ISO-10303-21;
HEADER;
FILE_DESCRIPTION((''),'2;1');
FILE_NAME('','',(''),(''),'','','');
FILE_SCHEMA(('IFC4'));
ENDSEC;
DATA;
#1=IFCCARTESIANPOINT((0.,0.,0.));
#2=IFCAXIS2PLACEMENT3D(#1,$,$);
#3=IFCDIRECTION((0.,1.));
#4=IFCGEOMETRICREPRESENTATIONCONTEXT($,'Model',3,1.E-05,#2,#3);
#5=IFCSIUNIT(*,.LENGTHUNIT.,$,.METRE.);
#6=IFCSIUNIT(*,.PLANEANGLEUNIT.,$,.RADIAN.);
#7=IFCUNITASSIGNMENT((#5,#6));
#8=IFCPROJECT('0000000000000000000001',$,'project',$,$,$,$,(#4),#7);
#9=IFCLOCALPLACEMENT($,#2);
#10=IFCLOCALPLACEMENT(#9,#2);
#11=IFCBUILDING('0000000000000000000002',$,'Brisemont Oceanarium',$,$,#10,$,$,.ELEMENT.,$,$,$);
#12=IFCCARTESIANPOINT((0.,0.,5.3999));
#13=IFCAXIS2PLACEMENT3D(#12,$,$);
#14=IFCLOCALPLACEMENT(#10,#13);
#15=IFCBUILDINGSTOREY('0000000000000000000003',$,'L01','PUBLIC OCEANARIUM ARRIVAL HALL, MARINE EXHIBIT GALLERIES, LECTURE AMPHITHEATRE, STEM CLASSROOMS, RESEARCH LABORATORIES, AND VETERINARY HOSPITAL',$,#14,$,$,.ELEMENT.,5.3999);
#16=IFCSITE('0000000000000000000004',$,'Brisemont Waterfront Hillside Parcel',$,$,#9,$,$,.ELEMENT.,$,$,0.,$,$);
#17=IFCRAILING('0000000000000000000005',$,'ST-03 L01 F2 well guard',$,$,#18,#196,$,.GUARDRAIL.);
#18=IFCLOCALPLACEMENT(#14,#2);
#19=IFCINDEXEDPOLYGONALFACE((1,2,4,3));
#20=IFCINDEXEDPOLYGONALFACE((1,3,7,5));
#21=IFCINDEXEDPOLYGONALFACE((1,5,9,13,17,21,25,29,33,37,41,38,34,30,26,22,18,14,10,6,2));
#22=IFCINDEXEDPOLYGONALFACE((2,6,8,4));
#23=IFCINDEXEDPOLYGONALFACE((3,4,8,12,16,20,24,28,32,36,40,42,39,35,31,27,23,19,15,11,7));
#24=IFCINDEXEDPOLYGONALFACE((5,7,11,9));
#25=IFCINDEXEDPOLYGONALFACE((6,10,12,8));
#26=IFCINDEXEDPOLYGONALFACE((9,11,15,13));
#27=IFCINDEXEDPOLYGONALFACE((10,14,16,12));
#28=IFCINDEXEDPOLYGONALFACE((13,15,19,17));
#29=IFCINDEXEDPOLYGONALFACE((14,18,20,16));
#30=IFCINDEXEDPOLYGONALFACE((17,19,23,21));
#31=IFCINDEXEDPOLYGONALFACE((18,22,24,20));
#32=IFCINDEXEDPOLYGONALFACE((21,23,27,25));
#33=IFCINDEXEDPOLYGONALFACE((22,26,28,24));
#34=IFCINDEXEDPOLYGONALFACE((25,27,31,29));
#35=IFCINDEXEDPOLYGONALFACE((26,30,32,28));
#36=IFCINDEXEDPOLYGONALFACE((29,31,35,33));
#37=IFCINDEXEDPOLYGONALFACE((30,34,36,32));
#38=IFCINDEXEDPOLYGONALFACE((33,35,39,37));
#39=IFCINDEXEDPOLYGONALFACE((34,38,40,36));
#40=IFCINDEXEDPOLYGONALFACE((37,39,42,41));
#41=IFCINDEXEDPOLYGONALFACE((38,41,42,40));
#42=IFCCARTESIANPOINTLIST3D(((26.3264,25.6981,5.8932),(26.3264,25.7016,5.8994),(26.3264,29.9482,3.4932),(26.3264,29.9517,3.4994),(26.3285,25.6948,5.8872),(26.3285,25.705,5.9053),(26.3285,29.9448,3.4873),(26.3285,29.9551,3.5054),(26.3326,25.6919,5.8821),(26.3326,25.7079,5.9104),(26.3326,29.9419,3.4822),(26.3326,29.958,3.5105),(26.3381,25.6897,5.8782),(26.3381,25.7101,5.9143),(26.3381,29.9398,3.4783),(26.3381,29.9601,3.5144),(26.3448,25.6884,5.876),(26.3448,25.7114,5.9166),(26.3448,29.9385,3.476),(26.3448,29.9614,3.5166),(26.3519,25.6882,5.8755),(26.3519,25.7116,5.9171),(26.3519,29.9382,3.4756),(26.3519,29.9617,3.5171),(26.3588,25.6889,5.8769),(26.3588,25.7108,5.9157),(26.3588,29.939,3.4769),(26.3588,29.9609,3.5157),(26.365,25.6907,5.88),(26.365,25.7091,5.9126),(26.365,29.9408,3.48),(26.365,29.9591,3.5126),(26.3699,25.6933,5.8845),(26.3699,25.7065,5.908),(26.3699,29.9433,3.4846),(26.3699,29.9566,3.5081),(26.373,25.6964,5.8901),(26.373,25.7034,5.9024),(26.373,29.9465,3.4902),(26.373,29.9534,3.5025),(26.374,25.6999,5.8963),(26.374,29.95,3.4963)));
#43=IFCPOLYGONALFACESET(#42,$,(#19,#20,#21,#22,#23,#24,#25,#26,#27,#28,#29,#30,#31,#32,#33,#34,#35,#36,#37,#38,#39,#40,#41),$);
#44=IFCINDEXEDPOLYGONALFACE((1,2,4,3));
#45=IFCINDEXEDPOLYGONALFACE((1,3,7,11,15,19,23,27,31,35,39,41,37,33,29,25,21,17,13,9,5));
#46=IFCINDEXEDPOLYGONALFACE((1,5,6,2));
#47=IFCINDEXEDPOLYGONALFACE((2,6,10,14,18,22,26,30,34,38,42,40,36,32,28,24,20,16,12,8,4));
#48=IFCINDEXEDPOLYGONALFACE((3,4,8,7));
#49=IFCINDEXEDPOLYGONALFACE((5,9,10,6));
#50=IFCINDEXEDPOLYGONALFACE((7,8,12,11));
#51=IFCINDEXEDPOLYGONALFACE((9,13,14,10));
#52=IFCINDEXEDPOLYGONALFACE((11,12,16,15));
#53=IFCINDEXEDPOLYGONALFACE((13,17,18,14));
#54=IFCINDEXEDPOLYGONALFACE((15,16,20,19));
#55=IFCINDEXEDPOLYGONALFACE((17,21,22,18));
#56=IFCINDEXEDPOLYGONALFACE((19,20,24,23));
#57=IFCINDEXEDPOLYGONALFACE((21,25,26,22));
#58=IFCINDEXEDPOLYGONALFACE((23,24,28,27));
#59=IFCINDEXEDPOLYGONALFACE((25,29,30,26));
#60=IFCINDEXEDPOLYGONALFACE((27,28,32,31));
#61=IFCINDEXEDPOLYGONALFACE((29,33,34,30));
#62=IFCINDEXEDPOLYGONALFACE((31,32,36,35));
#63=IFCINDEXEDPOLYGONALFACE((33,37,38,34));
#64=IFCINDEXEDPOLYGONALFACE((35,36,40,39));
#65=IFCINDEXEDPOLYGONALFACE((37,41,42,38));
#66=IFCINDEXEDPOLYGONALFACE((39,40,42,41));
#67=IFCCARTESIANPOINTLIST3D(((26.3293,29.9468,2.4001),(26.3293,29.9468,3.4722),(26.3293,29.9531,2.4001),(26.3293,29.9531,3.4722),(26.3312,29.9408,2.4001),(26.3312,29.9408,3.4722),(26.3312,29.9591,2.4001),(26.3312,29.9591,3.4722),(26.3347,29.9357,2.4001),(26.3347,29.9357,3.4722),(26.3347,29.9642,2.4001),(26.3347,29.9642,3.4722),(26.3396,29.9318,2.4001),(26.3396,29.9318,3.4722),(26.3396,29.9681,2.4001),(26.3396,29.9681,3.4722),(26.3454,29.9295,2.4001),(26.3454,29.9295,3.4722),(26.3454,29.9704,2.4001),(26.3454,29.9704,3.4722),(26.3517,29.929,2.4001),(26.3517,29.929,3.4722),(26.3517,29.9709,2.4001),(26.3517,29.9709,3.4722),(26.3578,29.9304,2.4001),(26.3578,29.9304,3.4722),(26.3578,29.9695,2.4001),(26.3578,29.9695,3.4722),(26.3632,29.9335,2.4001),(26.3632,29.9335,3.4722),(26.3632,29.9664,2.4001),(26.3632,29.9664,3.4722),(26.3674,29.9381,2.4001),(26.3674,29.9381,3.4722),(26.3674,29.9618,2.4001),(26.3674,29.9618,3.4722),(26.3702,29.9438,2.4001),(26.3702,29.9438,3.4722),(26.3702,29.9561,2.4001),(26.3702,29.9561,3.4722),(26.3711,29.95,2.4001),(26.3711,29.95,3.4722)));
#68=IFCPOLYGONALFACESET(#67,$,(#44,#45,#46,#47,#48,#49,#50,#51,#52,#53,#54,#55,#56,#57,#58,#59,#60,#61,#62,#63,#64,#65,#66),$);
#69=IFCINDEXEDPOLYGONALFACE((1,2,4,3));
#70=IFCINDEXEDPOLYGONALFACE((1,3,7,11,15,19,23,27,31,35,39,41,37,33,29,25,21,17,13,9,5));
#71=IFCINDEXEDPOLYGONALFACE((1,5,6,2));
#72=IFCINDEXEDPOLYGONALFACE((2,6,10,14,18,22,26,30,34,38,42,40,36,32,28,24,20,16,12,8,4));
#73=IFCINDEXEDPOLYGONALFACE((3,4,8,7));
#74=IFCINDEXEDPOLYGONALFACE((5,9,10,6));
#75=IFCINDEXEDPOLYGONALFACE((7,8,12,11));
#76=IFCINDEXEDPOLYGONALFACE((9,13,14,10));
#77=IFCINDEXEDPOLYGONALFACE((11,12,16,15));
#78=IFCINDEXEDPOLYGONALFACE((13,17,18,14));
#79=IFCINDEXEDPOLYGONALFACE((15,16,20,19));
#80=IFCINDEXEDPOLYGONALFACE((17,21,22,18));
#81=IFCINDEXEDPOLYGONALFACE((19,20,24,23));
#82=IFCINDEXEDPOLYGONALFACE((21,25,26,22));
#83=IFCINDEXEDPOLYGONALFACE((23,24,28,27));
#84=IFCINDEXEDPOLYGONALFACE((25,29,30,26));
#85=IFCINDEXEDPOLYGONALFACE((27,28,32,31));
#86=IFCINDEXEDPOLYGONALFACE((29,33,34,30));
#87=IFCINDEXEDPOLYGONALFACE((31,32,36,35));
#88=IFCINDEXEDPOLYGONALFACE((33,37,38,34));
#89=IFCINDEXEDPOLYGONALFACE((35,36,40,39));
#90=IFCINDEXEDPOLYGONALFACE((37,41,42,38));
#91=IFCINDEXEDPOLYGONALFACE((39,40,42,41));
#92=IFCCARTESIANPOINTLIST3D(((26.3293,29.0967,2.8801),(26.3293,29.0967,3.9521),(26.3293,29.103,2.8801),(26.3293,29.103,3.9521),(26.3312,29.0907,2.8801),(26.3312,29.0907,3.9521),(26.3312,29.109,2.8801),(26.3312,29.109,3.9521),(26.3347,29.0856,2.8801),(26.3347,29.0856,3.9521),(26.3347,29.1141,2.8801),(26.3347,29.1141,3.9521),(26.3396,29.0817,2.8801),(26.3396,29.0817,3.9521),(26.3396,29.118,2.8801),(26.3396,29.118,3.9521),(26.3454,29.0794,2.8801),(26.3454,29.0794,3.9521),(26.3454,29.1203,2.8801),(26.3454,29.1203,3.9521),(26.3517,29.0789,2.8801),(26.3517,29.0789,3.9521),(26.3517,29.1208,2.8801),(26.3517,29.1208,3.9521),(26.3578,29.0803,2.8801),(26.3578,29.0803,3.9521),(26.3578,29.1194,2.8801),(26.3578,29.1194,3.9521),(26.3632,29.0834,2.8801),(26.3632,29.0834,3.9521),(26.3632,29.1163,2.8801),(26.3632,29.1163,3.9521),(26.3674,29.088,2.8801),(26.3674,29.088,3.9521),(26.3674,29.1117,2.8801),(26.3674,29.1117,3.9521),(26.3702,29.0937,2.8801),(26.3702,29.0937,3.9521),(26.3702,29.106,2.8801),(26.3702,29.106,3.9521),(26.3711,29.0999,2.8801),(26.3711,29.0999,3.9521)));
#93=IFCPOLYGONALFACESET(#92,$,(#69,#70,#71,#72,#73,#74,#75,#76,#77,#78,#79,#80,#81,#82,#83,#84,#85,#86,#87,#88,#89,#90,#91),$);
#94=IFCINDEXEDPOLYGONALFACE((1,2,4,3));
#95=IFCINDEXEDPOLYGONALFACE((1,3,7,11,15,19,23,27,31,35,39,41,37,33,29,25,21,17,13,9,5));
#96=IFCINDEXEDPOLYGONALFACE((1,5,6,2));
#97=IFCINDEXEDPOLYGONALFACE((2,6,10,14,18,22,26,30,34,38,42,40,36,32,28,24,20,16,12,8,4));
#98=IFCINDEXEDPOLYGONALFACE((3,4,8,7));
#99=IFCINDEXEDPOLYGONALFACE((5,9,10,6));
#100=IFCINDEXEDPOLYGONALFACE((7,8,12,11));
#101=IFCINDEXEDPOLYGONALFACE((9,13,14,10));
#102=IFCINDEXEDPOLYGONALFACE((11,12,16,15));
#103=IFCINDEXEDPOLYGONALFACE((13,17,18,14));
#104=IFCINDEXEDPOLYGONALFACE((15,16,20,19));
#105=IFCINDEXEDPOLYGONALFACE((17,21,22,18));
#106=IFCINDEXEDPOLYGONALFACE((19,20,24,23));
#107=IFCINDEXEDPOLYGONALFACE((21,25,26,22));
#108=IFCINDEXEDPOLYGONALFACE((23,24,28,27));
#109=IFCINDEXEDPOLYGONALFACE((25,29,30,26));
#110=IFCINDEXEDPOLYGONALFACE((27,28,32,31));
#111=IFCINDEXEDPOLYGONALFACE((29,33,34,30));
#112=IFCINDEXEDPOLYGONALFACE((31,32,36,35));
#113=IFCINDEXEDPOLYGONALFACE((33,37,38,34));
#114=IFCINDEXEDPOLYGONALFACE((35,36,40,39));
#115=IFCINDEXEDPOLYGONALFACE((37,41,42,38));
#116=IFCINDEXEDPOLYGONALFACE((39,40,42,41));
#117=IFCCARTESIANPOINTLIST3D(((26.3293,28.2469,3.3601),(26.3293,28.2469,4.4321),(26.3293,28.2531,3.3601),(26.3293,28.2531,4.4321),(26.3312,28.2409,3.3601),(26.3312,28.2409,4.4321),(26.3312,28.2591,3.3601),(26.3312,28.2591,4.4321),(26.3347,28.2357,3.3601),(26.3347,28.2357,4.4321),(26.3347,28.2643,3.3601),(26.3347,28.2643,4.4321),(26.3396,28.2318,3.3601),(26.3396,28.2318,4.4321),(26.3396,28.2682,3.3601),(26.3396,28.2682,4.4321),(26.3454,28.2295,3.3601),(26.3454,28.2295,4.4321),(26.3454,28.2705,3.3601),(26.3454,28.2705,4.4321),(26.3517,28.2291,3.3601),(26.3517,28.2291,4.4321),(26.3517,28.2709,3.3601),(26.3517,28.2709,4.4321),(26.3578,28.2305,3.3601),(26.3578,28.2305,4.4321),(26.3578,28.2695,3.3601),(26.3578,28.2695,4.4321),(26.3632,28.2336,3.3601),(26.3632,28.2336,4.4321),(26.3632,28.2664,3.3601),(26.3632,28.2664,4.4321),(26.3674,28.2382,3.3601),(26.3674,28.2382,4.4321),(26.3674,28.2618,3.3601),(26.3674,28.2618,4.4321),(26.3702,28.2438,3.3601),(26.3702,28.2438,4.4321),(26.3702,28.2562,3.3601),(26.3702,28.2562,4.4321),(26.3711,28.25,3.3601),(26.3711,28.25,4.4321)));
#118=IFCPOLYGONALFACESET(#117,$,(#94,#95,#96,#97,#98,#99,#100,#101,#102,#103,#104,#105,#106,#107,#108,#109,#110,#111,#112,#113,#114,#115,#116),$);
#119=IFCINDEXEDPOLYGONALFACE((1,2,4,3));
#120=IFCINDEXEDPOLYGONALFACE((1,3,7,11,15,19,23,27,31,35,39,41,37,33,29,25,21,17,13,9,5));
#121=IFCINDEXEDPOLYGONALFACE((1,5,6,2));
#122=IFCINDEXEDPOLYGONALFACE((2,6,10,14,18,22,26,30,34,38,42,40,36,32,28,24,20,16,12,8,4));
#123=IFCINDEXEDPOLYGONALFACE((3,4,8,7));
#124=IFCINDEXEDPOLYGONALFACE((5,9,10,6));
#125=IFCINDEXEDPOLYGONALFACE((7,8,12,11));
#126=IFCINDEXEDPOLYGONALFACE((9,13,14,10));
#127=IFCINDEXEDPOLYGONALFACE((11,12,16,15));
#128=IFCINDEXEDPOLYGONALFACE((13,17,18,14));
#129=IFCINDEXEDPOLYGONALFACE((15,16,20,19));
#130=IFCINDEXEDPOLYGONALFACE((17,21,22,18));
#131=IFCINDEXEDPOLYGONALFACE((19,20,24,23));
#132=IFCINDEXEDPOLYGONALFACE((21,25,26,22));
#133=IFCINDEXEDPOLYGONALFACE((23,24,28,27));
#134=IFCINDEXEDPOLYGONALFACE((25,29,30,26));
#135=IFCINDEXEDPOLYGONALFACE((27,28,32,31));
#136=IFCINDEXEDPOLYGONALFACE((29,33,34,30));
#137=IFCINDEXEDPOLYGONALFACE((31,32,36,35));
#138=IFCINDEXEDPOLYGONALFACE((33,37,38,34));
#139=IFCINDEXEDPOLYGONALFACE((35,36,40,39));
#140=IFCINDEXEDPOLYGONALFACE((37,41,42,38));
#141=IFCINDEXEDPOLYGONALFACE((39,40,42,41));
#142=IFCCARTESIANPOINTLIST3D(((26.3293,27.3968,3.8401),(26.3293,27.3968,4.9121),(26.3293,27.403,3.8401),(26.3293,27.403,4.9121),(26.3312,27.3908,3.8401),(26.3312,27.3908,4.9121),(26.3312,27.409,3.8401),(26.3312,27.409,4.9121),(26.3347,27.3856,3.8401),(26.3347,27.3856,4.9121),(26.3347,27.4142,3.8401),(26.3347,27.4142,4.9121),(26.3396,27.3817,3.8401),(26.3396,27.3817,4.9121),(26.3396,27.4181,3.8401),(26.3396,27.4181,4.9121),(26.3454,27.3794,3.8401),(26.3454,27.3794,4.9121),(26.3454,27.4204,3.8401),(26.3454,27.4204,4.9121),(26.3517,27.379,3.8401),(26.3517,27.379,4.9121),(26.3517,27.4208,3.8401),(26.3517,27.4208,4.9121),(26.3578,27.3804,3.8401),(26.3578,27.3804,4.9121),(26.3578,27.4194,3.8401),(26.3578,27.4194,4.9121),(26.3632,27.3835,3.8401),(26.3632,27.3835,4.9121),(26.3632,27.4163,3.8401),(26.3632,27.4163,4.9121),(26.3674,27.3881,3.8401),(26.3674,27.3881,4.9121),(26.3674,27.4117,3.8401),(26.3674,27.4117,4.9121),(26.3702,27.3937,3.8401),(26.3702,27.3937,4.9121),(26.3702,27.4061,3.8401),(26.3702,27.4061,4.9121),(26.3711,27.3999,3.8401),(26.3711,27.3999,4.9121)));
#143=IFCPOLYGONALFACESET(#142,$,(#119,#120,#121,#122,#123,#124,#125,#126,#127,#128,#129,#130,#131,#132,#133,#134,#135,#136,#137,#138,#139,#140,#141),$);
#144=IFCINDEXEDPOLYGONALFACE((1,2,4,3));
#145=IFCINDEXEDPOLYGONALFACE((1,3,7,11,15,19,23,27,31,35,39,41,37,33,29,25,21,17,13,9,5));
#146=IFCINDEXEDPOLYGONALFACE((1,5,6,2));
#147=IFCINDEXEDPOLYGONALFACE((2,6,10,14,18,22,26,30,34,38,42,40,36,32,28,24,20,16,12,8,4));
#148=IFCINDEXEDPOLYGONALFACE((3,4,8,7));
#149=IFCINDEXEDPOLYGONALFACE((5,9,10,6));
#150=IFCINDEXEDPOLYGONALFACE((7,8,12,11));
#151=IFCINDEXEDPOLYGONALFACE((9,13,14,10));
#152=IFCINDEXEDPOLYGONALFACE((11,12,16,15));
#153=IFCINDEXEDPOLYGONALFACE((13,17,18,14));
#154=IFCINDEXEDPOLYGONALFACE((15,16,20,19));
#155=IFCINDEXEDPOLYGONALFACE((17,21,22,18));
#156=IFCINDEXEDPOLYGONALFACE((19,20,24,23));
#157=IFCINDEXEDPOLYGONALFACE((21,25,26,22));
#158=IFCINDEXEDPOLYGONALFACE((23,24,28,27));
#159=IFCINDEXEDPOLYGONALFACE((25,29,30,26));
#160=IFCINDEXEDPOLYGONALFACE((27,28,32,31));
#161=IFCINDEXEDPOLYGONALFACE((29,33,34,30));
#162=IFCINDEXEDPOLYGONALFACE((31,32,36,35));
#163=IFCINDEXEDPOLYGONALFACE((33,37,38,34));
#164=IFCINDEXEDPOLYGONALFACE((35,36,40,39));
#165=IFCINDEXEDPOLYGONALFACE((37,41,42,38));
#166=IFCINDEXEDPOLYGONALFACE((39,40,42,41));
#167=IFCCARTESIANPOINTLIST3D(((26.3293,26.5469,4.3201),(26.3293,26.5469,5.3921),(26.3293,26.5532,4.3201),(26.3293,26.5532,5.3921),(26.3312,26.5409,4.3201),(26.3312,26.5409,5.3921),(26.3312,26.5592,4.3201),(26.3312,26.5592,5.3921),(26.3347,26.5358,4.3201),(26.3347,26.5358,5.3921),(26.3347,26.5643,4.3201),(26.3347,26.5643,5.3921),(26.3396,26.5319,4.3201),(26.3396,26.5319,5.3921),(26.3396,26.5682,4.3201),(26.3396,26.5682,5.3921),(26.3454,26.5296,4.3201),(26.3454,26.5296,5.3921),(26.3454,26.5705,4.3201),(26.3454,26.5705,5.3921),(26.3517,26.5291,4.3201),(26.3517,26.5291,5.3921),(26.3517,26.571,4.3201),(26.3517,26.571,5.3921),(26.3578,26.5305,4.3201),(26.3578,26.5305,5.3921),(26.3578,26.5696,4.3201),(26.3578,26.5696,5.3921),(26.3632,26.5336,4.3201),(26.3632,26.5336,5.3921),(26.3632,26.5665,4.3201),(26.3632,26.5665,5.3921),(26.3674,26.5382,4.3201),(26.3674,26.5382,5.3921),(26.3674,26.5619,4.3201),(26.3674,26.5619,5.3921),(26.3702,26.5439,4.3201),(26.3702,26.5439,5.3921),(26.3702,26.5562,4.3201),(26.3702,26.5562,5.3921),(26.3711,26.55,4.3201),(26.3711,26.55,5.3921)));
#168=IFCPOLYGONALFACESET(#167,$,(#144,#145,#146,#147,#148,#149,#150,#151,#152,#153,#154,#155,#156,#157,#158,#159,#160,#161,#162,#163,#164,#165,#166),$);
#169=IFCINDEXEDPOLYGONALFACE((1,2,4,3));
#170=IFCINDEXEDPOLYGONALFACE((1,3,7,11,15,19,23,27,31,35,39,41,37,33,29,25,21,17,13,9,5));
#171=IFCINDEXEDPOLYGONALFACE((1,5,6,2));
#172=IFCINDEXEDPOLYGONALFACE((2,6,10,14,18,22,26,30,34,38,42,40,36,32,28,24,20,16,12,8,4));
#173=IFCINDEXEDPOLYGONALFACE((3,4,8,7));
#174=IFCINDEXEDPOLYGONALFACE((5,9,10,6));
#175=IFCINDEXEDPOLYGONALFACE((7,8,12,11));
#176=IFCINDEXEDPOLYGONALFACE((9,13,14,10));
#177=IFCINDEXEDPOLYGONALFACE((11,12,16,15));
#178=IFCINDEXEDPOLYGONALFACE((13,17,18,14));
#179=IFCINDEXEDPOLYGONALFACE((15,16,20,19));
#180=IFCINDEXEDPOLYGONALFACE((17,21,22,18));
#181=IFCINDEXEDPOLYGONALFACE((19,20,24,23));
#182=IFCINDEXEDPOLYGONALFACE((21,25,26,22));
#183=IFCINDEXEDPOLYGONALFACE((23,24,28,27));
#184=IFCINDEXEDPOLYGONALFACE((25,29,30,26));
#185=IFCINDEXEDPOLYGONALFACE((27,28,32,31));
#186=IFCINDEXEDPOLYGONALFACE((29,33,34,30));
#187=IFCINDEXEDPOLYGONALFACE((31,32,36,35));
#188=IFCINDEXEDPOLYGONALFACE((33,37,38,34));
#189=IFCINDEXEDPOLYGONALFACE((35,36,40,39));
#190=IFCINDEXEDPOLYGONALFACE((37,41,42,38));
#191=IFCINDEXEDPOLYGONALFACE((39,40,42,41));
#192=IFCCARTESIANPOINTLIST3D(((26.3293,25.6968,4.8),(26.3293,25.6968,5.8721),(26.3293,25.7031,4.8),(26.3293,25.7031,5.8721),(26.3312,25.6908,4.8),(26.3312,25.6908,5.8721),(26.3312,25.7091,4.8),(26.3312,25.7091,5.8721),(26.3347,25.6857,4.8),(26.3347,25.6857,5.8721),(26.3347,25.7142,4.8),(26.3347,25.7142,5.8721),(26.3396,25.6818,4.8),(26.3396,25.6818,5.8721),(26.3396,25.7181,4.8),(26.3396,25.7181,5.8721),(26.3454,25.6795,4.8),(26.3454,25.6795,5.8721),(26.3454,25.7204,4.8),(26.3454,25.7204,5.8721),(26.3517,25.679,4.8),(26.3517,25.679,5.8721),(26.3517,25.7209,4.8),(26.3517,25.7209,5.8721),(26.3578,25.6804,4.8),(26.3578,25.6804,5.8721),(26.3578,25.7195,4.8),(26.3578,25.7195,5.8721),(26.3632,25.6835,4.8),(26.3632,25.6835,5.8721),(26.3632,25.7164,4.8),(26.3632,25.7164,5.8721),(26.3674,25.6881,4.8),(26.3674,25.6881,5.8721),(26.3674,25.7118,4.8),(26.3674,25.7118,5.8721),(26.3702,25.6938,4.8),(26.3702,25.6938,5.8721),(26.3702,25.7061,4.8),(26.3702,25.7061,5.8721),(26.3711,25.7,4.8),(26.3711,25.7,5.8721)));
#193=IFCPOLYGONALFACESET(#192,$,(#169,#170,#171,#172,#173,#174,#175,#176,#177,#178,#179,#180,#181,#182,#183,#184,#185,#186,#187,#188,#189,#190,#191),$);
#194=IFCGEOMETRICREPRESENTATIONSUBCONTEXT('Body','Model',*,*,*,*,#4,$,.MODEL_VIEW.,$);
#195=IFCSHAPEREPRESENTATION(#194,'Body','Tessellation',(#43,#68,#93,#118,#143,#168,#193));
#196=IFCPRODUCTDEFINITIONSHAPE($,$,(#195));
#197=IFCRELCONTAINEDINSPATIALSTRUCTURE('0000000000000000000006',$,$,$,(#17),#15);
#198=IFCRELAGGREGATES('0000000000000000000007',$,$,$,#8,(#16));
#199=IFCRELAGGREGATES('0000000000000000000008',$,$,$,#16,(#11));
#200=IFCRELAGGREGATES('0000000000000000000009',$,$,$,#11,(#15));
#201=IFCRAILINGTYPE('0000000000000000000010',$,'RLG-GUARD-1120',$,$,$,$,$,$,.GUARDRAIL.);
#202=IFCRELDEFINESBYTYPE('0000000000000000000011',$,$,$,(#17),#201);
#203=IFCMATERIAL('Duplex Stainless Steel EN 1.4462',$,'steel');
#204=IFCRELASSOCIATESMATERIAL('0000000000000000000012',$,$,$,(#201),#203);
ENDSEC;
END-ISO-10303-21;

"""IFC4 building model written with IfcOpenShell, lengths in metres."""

from ifc_helpers import new_model, si_unit, direction, frame, origin, origin_2d, place, context, subcontext, project, spatial, circle, extrude, material, type_object, element, save


model = new_model("IFC4")

# Units and contexts
model_context = context("Model", 3, precision=1e-05, world=origin(), true_north=direction((0.0, 1.0)))
body_context = subcontext(model_context, "Body", "Model", "MODEL_VIEW")
ifc_project = project(units=[si_unit("LENGTHUNIT", "METRE"), si_unit("PLANEANGLEUNIT", "RADIAN")], contexts=[model_context])

# Site, building, storey
site_placement = place(None, origin())
site = spatial("IfcSite", under=ifc_project, at=site_placement, Name="Brisemont Waterfront Hillside Parcel", CompositionType="ELEMENT", RefElevation=0.0)
building_placement = place(site_placement, origin())
building = spatial("IfcBuilding", under=site, at=building_placement, Name="Brisemont Oceanarium", CompositionType="ELEMENT")
storey_placement = place(building_placement, frame((0.0, 0.0, 5.3999)))
storey = spatial("IfcBuildingStorey", under=building, at=storey_placement, Name="L01", Description="PUBLIC OCEANARIUM ARRIVAL HALL, MARINE EXHIBIT GALLERIES, LECTURE AMPHITHEATRE, STEM CLASSROOMS, RESEARCH LABORATORIES, AND VETERINARY HOSPITAL", CompositionType="ELEMENT", Elevation=5.3999)

# Railing
ifc_material_1 = material(Name="Duplex Stainless Steel EN 1.4462", Category="steel")
railing_type_1 = type_object("IfcRailingType", Name="RLG-GUARD-1120", PredefinedType="GUARDRAIL", material=ifc_material_1)
railing_1_placement = place(storey_placement, frame((26.3501, 29.95, 2.4001)))
element("IfcRailing", 1, at=railing_1_placement, inside=storey, type_object=railing_type_1, Name="ST-03 L01 F2 well guard", PredefinedType="GUARDRAIL", context=body_context, shape_type="SweptSolid", body=[
    extrude(circle(Radius=0.0239, at=origin_2d()), frame((0.0, 0.0, 1.0962), z_axis=(0.0, -0.870762, 0.491704), x_axis=(1.0, 0.0, 0.0)), (0.0, 0.0, 1.0), 4.8809),
    extrude(circle(Radius=0.021, at=origin_2d()), origin(), (0.0, 0.0, 1.0), 1.072),
    extrude(circle(Radius=0.021, at=origin_2d()), frame((0.0, -0.8501, 0.48)), (0.0, 0.0, 1.0), 1.072),
    extrude(circle(Radius=0.021, at=origin_2d()), frame((0.0, -1.7, 0.96)), (0.0, 0.0, 1.0), 1.072),
    extrude(circle(Radius=0.021, at=origin_2d()), frame((0.0, -2.55, 1.4399)), (0.0, 0.0, 1.0), 1.072),
    extrude(circle(Radius=0.021, at=origin_2d()), frame((0.0, -3.3999, 1.9199)), (0.0, 0.0, 1.0), 1.072),
    extrude(circle(Radius=0.021, at=origin_2d()), frame((0.0, -4.25, 2.3999)), (0.0, 0.0, 1.0), 1.072),
])

save(model, "model.ifc")
